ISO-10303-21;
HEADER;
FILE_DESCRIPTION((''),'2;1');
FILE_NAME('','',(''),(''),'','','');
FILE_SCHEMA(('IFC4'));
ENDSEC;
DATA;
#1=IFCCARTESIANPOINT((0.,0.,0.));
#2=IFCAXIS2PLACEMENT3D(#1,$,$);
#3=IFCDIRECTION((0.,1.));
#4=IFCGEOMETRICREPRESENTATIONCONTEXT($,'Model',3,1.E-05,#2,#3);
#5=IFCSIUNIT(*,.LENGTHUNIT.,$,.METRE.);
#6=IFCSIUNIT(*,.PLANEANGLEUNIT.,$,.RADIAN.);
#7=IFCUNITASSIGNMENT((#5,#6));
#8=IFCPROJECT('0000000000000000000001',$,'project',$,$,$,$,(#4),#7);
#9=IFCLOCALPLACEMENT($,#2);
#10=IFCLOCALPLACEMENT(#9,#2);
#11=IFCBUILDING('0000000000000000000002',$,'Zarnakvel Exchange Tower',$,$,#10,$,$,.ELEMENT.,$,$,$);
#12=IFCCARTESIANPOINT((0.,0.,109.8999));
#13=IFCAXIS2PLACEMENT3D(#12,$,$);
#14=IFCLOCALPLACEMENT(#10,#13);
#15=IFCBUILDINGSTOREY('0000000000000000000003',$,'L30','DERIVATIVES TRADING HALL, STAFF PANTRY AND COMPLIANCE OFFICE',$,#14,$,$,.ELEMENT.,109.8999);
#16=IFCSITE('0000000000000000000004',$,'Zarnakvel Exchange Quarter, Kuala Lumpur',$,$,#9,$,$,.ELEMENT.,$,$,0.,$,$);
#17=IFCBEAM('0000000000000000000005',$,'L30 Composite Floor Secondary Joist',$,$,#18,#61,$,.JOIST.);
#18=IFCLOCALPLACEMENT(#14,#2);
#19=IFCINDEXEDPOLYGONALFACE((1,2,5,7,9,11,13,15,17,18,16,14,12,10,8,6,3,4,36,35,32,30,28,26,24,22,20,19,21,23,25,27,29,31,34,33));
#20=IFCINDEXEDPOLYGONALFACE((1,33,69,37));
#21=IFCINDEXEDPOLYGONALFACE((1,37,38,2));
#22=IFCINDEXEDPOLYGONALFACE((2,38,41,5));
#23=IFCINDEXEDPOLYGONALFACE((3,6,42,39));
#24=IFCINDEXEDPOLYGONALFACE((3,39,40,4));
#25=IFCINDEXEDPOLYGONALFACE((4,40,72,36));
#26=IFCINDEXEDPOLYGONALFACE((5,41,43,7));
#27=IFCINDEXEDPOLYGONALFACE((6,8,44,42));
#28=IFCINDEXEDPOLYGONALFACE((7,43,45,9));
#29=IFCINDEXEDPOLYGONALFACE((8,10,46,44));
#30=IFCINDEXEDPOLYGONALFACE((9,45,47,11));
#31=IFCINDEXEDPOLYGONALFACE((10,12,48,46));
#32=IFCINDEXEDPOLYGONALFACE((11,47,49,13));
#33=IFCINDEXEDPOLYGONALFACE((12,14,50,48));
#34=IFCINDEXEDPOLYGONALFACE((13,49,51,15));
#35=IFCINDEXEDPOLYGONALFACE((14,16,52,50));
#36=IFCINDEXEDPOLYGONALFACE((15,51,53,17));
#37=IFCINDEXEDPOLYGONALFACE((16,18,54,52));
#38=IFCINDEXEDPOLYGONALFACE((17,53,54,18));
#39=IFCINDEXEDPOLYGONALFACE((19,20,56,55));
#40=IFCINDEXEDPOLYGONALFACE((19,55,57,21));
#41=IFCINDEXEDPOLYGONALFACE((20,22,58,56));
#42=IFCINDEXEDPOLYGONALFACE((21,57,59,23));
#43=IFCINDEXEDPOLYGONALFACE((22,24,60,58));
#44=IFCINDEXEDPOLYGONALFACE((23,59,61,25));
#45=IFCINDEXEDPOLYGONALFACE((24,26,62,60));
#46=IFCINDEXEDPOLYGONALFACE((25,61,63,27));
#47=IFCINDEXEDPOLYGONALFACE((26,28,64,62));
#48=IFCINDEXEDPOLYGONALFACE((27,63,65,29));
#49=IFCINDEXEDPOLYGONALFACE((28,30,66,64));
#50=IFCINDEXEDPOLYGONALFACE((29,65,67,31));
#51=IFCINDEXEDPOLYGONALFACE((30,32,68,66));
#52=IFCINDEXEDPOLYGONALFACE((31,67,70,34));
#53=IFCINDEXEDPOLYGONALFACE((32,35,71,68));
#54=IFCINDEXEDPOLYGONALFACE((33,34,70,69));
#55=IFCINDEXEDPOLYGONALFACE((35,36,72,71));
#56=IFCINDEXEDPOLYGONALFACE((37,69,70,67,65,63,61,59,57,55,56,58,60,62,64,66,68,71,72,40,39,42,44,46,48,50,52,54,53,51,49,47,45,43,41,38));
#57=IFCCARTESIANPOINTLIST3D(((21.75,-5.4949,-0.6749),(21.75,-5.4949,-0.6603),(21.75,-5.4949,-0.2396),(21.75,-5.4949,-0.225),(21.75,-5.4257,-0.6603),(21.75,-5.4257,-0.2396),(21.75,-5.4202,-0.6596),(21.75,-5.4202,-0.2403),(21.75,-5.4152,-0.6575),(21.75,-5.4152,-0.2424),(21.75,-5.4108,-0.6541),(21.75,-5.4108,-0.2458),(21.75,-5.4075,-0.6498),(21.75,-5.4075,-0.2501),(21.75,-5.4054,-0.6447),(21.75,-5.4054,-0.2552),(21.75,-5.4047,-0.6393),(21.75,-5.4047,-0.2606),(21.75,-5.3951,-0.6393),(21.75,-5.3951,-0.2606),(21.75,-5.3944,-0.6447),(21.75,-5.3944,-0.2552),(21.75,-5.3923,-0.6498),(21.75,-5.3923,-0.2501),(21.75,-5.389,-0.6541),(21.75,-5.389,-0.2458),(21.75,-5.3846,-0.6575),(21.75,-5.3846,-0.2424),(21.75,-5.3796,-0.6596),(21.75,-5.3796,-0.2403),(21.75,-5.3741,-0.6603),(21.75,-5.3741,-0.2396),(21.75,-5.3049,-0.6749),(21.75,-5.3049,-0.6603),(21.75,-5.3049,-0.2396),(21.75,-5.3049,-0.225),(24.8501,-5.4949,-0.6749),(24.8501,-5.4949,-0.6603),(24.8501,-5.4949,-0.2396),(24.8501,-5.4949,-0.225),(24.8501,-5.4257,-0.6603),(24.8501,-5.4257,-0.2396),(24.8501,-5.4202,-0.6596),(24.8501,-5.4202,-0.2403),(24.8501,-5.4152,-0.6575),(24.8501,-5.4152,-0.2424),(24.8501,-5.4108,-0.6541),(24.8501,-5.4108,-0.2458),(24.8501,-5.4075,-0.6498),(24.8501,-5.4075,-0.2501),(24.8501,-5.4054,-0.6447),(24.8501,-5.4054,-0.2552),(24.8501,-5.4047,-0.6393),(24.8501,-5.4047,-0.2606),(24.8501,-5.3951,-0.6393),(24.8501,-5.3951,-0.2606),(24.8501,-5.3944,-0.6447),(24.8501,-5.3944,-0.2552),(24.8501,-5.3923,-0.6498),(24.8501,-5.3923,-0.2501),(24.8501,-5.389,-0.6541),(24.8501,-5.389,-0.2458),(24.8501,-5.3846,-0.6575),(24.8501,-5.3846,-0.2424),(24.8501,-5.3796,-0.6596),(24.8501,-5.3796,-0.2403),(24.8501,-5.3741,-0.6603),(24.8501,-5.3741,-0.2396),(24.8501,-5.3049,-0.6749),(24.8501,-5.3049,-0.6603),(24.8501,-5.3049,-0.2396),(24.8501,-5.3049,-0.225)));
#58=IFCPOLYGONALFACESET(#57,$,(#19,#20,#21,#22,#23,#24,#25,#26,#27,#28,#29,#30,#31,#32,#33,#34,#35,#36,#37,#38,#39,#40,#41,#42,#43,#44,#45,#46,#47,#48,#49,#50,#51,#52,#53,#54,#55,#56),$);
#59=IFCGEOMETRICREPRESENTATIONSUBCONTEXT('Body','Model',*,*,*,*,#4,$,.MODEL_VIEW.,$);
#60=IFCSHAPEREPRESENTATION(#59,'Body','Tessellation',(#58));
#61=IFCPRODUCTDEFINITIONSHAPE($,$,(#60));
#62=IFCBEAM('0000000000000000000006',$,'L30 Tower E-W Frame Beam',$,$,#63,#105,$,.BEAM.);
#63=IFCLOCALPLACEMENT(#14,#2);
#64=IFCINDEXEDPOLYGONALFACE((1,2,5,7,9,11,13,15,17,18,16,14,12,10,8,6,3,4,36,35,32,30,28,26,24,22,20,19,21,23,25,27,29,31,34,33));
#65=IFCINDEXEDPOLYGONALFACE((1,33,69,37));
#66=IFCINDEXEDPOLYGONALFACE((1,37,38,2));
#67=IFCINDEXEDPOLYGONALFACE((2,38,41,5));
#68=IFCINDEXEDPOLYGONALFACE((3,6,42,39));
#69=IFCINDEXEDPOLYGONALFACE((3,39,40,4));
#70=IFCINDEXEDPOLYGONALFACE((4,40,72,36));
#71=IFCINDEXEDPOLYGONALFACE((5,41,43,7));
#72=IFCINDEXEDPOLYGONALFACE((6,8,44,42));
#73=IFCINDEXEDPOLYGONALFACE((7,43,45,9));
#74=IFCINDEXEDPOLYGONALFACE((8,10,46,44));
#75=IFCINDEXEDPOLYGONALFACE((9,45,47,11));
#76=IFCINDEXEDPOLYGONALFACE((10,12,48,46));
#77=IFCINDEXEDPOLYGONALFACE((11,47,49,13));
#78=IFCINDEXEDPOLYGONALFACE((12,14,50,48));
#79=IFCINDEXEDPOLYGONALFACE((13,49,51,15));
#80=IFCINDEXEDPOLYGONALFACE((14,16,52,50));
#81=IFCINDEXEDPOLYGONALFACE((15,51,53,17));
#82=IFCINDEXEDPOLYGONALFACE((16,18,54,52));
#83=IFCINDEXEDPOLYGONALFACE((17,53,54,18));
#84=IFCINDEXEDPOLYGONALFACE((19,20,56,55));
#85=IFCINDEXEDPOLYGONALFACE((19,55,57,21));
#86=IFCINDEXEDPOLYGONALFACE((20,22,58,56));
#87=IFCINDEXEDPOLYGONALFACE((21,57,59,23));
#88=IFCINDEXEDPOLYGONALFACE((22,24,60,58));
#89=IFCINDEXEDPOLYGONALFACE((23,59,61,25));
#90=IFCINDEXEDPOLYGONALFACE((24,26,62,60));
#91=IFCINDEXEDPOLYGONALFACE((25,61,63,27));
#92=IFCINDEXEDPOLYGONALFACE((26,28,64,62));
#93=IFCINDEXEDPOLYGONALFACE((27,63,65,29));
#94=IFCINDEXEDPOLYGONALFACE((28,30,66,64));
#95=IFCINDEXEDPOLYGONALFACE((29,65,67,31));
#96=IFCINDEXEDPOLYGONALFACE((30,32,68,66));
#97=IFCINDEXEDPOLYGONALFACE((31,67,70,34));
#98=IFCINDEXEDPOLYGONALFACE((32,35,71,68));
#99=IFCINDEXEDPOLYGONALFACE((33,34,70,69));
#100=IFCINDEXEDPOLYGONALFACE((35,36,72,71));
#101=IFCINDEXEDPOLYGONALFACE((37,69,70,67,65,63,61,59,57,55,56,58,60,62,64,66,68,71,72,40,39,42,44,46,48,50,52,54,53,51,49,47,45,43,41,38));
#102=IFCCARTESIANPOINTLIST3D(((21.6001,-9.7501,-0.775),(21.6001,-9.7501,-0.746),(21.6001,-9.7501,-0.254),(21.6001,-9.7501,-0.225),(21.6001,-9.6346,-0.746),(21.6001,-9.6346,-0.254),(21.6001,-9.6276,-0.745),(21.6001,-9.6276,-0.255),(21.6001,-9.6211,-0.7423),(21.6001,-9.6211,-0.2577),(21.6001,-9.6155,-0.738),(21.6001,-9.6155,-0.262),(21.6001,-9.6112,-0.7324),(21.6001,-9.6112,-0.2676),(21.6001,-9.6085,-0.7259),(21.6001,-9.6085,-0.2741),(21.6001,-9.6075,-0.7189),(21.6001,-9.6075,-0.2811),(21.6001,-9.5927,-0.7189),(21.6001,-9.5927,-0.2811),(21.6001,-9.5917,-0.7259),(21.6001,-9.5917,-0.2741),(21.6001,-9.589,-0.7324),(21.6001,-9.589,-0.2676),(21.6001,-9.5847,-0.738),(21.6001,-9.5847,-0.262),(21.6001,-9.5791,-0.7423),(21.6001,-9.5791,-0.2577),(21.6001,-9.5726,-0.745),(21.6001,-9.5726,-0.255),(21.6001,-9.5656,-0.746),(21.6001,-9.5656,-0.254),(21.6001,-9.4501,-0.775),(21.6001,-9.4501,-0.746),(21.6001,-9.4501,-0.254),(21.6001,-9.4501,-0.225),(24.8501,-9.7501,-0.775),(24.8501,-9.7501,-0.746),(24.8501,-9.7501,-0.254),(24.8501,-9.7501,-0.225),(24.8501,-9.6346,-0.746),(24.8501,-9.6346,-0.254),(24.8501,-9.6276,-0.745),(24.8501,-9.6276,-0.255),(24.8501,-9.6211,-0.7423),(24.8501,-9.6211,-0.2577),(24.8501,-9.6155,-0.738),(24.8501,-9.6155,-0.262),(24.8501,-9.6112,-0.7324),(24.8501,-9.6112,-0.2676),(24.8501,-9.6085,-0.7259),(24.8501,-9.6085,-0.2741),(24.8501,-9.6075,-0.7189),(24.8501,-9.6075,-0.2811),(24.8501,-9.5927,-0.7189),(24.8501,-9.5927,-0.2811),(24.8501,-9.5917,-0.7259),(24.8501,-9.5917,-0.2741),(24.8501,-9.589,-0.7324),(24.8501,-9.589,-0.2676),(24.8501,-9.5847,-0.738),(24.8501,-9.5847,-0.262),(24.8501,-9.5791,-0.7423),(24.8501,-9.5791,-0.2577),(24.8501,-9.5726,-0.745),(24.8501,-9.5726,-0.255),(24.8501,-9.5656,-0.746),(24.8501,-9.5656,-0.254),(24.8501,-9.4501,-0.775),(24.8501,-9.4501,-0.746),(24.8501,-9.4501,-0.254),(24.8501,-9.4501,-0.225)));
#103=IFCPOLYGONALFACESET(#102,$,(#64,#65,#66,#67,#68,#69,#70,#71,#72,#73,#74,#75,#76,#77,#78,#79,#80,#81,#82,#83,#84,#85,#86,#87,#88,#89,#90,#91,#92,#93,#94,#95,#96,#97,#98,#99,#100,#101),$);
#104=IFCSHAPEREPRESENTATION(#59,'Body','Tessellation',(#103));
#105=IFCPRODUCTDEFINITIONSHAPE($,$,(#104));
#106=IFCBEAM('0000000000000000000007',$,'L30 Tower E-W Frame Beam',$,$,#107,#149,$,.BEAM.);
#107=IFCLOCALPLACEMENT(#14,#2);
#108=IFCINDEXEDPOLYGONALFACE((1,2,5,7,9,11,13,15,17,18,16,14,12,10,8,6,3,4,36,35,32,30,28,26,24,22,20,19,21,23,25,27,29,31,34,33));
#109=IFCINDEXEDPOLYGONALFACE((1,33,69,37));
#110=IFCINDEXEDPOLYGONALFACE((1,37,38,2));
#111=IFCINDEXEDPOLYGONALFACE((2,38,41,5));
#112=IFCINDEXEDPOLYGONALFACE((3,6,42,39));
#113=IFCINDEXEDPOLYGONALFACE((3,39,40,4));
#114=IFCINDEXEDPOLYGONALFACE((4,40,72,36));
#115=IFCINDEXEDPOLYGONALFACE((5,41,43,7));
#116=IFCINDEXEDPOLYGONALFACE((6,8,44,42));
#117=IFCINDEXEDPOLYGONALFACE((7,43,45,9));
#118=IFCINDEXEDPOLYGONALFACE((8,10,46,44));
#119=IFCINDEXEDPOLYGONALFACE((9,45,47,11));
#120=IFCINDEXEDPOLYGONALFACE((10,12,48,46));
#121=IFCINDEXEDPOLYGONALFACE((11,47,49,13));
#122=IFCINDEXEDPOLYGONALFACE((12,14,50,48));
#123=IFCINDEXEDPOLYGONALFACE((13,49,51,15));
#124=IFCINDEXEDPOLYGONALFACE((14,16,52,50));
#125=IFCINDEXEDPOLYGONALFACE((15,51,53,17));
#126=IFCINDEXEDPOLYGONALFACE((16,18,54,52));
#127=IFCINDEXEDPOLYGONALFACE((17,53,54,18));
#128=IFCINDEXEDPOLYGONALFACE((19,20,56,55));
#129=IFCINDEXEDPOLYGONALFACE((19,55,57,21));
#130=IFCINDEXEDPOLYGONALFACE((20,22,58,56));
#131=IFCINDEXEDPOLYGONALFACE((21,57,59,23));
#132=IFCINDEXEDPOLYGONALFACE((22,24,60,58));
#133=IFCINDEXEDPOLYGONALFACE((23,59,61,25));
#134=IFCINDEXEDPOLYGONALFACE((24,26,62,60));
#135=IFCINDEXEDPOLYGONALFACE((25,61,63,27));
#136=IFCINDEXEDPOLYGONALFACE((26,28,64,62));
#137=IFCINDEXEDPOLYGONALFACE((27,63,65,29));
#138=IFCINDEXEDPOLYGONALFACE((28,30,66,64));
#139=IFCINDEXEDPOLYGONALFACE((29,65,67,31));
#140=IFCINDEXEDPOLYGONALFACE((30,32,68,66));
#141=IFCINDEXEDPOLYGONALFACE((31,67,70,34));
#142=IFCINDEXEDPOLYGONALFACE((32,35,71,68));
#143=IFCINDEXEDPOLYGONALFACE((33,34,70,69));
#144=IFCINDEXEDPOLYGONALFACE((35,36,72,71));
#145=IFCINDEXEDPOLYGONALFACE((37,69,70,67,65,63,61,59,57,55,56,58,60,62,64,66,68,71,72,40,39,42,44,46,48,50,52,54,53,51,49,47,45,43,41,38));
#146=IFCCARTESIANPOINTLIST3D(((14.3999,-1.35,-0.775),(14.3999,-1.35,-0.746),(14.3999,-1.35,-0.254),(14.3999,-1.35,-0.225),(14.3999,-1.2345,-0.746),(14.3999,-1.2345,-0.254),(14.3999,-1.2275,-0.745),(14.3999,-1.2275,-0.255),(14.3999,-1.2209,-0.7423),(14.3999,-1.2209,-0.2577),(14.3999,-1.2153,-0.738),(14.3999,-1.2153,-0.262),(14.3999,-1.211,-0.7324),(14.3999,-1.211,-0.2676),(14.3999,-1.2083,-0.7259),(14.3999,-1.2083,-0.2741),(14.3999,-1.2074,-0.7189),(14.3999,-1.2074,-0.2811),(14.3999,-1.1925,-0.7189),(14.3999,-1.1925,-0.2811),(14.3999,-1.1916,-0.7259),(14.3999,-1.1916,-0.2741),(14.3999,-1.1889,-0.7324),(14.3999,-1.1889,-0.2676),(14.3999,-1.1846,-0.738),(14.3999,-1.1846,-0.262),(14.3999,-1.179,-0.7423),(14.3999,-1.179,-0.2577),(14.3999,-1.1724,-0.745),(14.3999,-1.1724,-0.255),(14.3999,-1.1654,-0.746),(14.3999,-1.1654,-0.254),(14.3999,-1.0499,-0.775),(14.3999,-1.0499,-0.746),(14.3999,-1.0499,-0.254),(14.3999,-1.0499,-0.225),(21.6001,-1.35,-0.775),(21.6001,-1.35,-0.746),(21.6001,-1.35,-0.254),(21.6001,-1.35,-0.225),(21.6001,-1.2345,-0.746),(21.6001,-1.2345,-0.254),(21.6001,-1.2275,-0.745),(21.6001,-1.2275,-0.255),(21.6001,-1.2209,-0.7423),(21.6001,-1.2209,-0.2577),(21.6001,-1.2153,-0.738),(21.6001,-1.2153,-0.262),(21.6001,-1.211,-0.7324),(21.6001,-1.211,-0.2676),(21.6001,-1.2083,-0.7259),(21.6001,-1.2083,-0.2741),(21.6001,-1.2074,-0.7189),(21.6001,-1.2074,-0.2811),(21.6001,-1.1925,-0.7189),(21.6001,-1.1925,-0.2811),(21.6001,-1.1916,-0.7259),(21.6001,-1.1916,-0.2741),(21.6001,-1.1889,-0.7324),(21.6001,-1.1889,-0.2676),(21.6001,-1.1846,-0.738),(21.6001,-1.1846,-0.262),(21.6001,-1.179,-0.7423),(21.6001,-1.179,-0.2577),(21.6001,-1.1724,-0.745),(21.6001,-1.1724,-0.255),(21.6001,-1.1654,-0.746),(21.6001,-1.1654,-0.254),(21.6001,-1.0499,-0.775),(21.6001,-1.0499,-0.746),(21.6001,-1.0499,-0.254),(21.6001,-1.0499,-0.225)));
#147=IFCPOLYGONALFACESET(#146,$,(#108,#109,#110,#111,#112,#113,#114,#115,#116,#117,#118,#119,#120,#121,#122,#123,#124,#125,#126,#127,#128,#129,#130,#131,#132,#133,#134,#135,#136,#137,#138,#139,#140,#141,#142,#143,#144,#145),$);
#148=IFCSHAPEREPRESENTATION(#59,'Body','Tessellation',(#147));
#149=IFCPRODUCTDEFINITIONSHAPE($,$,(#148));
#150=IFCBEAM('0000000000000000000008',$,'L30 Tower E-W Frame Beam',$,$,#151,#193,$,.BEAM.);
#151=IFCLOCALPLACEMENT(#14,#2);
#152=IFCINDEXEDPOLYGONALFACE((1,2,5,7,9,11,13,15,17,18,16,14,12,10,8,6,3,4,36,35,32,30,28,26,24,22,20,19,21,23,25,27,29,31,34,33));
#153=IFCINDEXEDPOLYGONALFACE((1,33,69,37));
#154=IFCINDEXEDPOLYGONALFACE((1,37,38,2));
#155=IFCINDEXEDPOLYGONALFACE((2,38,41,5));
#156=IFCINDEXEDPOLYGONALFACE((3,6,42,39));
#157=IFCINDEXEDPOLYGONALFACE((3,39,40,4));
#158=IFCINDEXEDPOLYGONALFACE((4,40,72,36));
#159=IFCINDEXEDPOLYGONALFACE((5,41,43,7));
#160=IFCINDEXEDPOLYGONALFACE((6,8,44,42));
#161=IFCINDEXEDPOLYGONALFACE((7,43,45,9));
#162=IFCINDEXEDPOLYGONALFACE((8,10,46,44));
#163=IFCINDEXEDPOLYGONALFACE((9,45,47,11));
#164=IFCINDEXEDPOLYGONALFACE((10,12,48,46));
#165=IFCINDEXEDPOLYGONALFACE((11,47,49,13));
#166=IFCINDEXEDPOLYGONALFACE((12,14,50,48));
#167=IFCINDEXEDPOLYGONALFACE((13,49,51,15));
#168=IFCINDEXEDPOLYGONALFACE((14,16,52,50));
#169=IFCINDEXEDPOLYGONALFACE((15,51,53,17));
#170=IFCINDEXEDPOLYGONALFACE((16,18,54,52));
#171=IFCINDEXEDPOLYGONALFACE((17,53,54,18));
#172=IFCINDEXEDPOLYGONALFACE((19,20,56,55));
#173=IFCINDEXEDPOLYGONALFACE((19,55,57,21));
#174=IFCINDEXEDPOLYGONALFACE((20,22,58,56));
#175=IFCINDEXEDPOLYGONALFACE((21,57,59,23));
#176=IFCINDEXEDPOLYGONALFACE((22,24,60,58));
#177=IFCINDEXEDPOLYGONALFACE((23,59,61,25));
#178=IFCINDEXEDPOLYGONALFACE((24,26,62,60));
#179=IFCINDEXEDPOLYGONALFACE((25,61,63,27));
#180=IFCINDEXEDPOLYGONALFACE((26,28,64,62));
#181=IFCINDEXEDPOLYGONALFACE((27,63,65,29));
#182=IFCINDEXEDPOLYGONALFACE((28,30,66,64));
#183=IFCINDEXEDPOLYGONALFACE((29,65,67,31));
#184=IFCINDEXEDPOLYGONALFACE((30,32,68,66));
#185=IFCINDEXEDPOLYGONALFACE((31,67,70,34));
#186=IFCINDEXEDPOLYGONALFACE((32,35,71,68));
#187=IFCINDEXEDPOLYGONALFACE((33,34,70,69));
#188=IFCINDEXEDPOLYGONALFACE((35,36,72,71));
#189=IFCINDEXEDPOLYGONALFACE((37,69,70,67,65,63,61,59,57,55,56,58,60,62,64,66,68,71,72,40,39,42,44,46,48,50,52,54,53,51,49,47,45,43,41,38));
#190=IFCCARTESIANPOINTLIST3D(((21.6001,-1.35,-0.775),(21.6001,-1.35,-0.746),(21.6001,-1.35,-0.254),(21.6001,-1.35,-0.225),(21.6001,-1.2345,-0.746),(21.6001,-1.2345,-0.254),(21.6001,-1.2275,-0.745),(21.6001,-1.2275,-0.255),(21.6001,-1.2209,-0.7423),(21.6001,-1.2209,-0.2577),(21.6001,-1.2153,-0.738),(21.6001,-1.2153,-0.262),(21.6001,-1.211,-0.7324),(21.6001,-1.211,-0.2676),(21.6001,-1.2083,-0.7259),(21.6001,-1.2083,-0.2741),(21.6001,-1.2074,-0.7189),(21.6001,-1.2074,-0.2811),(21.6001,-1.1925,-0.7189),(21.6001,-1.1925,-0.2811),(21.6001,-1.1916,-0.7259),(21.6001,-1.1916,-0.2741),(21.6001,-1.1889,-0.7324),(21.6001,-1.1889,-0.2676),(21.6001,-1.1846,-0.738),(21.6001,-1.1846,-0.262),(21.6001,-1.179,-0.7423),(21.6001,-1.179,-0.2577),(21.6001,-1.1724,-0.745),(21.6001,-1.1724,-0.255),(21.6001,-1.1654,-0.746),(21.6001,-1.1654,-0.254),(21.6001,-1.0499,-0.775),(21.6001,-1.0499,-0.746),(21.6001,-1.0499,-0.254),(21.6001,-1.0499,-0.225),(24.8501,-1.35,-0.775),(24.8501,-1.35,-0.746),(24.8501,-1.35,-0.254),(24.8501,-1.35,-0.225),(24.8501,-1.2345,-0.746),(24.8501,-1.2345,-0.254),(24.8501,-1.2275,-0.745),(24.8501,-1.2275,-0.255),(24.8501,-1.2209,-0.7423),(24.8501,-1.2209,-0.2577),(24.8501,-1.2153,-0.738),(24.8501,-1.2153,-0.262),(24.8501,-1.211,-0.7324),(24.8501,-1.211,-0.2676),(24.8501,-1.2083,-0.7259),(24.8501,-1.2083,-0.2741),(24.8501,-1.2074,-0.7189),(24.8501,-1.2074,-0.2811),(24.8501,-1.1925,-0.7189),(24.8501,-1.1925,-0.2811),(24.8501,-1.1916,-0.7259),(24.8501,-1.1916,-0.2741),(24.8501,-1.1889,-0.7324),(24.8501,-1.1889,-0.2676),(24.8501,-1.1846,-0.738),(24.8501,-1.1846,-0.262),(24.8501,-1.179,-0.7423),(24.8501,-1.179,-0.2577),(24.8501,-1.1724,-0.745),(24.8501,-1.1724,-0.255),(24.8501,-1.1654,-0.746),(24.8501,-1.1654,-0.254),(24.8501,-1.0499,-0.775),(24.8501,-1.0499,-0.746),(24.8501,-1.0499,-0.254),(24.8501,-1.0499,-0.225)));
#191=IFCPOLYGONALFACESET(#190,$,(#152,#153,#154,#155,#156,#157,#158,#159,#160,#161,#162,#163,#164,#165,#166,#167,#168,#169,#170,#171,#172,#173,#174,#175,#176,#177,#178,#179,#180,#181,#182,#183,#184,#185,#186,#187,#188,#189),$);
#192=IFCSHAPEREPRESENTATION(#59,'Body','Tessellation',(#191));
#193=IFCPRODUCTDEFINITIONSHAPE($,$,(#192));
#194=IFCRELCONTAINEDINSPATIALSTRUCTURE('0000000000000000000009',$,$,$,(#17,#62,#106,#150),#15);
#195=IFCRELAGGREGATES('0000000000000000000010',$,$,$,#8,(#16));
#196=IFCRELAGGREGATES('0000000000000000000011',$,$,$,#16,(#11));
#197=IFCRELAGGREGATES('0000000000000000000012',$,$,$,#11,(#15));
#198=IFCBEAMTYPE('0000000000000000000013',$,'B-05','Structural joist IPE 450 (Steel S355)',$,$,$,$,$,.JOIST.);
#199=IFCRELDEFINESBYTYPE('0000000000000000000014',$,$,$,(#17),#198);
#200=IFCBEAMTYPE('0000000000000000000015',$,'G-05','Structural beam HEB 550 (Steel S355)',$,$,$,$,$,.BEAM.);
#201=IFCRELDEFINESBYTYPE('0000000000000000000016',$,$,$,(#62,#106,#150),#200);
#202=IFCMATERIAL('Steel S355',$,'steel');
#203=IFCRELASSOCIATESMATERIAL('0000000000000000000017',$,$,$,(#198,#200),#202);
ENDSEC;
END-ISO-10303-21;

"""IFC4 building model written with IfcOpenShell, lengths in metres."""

from ifc_helpers import new_model, si_unit, direction, frame, origin, origin_2d, place, context, subcontext, project, spatial, i_section, extrude, material, material_profile, profile_set, type_object, element, save


model = new_model("IFC4")

# Units and contexts
model_context = context("Model", 3, precision=1e-05, world=origin(), true_north=direction((0.0, 1.0)))
body_context = subcontext(model_context, "Body", "Model", "MODEL_VIEW")
ifc_project = project(units=[si_unit("LENGTHUNIT", "METRE"), si_unit("PLANEANGLEUNIT", "RADIAN")], contexts=[model_context])

# Site, building, storey
site_placement = place(None, origin())
site = spatial("IfcSite", under=ifc_project, at=site_placement, Name="Zarnakvel Exchange Quarter, Kuala Lumpur", CompositionType="ELEMENT", RefElevation=0.0)
building_placement = place(site_placement, origin())
building = spatial("IfcBuilding", under=site, at=building_placement, Name="Zarnakvel Exchange Tower", CompositionType="ELEMENT")
storey_placement = place(building_placement, frame((0.0, 0.0, 109.8999)))
storey = spatial("IfcBuildingStorey", under=building, at=storey_placement, Name="L30", Description="DERIVATIVES TRADING HALL, STAFF PANTRY AND COMPLIANCE OFFICE", CompositionType="ELEMENT", Elevation=109.8999)

# Shared definitions
ifc_material_1 = material(Name="Steel S355", Category="steel")

# Beams
ifc_material_profile_1 = material_profile(ifc_material_1, i_section(OverallWidth=0.1899, OverallDepth=0.45, WebThickness=0.0095, FlangeThickness=0.0146, FilletRadius=0.021, at=origin_2d()))
ifc_profile_set_1 = profile_set([ifc_material_profile_1], Name="Steel S355")
beam_type_1 = type_object("IfcBeamType", Name="B-05", Description="Structural joist IPE 450 (Steel S355)", PredefinedType="JOIST", material=ifc_profile_set_1)
beam_1_placement = place(storey_placement, frame((21.75, -5.3999, -0.45), z_axis=(1.0, 0.0, 0.0), x_axis=(0.0, 1.0, 0.0)))
element("IfcBeam", 1, at=beam_1_placement, inside=storey, type_object=beam_type_1, Name="L30 Composite Floor Secondary Joist", PredefinedType="JOIST", context=body_context, shape_type="SweptSolid", body=[
    extrude(i_section(OverallWidth=0.1899, OverallDepth=0.45, WebThickness=0.0095, FlangeThickness=0.0146, FilletRadius=0.021, at=origin_2d()), origin(), (0.0, 0.0, 1.0), 3.1001),
])
ifc_material_profile_2 = material_profile(ifc_material_1, i_section(OverallWidth=0.3, OverallDepth=0.55, WebThickness=0.0149, FlangeThickness=0.0291, FilletRadius=0.0271, at=origin_2d()))
ifc_profile_set_2 = profile_set([ifc_material_profile_2], Name="Steel S355")
beam_type_2 = type_object("IfcBeamType", Name="G-05", Description="Structural beam HEB 550 (Steel S355)", PredefinedType="BEAM", material=ifc_profile_set_2)
beam_2_placement = place(storey_placement, frame((21.6001, -9.6001, -0.5), z_axis=(1.0, 0.0, 0.0), x_axis=(0.0, 1.0, 0.0)))
element("IfcBeam", 2, at=beam_2_placement, inside=storey, type_object=beam_type_2, Name="L30 Tower E-W Frame Beam", PredefinedType="BEAM", context=body_context, shape_type="SweptSolid", body=[
    extrude(i_section(OverallWidth=0.3, OverallDepth=0.55, WebThickness=0.0149, FlangeThickness=0.0291, FilletRadius=0.0271, at=origin_2d()), origin(), (0.0, 0.0, 1.0), 3.25),
])
beam_3_placement = place(storey_placement, frame((14.3999, -1.2, -0.5), z_axis=(1.0, 0.0, 0.0), x_axis=(0.0, 1.0, 0.0)))
element("IfcBeam", 3, at=beam_3_placement, inside=storey, type_object=beam_type_2, Name="L30 Tower E-W Frame Beam", PredefinedType="BEAM", context=body_context, shape_type="SweptSolid", body=[
    extrude(i_section(OverallWidth=0.3, OverallDepth=0.55, WebThickness=0.0149, FlangeThickness=0.0291, FilletRadius=0.0271, at=origin_2d()), origin(), (0.0, 0.0, 1.0), 7.2002),
])
beam_4_placement = place(storey_placement, frame((21.6001, -1.2, -0.5), z_axis=(1.0, 0.0, 0.0), x_axis=(0.0, 1.0, 0.0)))
element("IfcBeam", 4, at=beam_4_placement, inside=storey, type_object=beam_type_2, Name="L30 Tower E-W Frame Beam", PredefinedType="BEAM", context=body_context, shape_type="SweptSolid", body=[
    extrude(i_section(OverallWidth=0.3, OverallDepth=0.55, WebThickness=0.0149, FlangeThickness=0.0291, FilletRadius=0.0271, at=origin_2d()), origin(), (0.0, 0.0, 1.0), 3.25),
])

save(model, "model.ifc")
